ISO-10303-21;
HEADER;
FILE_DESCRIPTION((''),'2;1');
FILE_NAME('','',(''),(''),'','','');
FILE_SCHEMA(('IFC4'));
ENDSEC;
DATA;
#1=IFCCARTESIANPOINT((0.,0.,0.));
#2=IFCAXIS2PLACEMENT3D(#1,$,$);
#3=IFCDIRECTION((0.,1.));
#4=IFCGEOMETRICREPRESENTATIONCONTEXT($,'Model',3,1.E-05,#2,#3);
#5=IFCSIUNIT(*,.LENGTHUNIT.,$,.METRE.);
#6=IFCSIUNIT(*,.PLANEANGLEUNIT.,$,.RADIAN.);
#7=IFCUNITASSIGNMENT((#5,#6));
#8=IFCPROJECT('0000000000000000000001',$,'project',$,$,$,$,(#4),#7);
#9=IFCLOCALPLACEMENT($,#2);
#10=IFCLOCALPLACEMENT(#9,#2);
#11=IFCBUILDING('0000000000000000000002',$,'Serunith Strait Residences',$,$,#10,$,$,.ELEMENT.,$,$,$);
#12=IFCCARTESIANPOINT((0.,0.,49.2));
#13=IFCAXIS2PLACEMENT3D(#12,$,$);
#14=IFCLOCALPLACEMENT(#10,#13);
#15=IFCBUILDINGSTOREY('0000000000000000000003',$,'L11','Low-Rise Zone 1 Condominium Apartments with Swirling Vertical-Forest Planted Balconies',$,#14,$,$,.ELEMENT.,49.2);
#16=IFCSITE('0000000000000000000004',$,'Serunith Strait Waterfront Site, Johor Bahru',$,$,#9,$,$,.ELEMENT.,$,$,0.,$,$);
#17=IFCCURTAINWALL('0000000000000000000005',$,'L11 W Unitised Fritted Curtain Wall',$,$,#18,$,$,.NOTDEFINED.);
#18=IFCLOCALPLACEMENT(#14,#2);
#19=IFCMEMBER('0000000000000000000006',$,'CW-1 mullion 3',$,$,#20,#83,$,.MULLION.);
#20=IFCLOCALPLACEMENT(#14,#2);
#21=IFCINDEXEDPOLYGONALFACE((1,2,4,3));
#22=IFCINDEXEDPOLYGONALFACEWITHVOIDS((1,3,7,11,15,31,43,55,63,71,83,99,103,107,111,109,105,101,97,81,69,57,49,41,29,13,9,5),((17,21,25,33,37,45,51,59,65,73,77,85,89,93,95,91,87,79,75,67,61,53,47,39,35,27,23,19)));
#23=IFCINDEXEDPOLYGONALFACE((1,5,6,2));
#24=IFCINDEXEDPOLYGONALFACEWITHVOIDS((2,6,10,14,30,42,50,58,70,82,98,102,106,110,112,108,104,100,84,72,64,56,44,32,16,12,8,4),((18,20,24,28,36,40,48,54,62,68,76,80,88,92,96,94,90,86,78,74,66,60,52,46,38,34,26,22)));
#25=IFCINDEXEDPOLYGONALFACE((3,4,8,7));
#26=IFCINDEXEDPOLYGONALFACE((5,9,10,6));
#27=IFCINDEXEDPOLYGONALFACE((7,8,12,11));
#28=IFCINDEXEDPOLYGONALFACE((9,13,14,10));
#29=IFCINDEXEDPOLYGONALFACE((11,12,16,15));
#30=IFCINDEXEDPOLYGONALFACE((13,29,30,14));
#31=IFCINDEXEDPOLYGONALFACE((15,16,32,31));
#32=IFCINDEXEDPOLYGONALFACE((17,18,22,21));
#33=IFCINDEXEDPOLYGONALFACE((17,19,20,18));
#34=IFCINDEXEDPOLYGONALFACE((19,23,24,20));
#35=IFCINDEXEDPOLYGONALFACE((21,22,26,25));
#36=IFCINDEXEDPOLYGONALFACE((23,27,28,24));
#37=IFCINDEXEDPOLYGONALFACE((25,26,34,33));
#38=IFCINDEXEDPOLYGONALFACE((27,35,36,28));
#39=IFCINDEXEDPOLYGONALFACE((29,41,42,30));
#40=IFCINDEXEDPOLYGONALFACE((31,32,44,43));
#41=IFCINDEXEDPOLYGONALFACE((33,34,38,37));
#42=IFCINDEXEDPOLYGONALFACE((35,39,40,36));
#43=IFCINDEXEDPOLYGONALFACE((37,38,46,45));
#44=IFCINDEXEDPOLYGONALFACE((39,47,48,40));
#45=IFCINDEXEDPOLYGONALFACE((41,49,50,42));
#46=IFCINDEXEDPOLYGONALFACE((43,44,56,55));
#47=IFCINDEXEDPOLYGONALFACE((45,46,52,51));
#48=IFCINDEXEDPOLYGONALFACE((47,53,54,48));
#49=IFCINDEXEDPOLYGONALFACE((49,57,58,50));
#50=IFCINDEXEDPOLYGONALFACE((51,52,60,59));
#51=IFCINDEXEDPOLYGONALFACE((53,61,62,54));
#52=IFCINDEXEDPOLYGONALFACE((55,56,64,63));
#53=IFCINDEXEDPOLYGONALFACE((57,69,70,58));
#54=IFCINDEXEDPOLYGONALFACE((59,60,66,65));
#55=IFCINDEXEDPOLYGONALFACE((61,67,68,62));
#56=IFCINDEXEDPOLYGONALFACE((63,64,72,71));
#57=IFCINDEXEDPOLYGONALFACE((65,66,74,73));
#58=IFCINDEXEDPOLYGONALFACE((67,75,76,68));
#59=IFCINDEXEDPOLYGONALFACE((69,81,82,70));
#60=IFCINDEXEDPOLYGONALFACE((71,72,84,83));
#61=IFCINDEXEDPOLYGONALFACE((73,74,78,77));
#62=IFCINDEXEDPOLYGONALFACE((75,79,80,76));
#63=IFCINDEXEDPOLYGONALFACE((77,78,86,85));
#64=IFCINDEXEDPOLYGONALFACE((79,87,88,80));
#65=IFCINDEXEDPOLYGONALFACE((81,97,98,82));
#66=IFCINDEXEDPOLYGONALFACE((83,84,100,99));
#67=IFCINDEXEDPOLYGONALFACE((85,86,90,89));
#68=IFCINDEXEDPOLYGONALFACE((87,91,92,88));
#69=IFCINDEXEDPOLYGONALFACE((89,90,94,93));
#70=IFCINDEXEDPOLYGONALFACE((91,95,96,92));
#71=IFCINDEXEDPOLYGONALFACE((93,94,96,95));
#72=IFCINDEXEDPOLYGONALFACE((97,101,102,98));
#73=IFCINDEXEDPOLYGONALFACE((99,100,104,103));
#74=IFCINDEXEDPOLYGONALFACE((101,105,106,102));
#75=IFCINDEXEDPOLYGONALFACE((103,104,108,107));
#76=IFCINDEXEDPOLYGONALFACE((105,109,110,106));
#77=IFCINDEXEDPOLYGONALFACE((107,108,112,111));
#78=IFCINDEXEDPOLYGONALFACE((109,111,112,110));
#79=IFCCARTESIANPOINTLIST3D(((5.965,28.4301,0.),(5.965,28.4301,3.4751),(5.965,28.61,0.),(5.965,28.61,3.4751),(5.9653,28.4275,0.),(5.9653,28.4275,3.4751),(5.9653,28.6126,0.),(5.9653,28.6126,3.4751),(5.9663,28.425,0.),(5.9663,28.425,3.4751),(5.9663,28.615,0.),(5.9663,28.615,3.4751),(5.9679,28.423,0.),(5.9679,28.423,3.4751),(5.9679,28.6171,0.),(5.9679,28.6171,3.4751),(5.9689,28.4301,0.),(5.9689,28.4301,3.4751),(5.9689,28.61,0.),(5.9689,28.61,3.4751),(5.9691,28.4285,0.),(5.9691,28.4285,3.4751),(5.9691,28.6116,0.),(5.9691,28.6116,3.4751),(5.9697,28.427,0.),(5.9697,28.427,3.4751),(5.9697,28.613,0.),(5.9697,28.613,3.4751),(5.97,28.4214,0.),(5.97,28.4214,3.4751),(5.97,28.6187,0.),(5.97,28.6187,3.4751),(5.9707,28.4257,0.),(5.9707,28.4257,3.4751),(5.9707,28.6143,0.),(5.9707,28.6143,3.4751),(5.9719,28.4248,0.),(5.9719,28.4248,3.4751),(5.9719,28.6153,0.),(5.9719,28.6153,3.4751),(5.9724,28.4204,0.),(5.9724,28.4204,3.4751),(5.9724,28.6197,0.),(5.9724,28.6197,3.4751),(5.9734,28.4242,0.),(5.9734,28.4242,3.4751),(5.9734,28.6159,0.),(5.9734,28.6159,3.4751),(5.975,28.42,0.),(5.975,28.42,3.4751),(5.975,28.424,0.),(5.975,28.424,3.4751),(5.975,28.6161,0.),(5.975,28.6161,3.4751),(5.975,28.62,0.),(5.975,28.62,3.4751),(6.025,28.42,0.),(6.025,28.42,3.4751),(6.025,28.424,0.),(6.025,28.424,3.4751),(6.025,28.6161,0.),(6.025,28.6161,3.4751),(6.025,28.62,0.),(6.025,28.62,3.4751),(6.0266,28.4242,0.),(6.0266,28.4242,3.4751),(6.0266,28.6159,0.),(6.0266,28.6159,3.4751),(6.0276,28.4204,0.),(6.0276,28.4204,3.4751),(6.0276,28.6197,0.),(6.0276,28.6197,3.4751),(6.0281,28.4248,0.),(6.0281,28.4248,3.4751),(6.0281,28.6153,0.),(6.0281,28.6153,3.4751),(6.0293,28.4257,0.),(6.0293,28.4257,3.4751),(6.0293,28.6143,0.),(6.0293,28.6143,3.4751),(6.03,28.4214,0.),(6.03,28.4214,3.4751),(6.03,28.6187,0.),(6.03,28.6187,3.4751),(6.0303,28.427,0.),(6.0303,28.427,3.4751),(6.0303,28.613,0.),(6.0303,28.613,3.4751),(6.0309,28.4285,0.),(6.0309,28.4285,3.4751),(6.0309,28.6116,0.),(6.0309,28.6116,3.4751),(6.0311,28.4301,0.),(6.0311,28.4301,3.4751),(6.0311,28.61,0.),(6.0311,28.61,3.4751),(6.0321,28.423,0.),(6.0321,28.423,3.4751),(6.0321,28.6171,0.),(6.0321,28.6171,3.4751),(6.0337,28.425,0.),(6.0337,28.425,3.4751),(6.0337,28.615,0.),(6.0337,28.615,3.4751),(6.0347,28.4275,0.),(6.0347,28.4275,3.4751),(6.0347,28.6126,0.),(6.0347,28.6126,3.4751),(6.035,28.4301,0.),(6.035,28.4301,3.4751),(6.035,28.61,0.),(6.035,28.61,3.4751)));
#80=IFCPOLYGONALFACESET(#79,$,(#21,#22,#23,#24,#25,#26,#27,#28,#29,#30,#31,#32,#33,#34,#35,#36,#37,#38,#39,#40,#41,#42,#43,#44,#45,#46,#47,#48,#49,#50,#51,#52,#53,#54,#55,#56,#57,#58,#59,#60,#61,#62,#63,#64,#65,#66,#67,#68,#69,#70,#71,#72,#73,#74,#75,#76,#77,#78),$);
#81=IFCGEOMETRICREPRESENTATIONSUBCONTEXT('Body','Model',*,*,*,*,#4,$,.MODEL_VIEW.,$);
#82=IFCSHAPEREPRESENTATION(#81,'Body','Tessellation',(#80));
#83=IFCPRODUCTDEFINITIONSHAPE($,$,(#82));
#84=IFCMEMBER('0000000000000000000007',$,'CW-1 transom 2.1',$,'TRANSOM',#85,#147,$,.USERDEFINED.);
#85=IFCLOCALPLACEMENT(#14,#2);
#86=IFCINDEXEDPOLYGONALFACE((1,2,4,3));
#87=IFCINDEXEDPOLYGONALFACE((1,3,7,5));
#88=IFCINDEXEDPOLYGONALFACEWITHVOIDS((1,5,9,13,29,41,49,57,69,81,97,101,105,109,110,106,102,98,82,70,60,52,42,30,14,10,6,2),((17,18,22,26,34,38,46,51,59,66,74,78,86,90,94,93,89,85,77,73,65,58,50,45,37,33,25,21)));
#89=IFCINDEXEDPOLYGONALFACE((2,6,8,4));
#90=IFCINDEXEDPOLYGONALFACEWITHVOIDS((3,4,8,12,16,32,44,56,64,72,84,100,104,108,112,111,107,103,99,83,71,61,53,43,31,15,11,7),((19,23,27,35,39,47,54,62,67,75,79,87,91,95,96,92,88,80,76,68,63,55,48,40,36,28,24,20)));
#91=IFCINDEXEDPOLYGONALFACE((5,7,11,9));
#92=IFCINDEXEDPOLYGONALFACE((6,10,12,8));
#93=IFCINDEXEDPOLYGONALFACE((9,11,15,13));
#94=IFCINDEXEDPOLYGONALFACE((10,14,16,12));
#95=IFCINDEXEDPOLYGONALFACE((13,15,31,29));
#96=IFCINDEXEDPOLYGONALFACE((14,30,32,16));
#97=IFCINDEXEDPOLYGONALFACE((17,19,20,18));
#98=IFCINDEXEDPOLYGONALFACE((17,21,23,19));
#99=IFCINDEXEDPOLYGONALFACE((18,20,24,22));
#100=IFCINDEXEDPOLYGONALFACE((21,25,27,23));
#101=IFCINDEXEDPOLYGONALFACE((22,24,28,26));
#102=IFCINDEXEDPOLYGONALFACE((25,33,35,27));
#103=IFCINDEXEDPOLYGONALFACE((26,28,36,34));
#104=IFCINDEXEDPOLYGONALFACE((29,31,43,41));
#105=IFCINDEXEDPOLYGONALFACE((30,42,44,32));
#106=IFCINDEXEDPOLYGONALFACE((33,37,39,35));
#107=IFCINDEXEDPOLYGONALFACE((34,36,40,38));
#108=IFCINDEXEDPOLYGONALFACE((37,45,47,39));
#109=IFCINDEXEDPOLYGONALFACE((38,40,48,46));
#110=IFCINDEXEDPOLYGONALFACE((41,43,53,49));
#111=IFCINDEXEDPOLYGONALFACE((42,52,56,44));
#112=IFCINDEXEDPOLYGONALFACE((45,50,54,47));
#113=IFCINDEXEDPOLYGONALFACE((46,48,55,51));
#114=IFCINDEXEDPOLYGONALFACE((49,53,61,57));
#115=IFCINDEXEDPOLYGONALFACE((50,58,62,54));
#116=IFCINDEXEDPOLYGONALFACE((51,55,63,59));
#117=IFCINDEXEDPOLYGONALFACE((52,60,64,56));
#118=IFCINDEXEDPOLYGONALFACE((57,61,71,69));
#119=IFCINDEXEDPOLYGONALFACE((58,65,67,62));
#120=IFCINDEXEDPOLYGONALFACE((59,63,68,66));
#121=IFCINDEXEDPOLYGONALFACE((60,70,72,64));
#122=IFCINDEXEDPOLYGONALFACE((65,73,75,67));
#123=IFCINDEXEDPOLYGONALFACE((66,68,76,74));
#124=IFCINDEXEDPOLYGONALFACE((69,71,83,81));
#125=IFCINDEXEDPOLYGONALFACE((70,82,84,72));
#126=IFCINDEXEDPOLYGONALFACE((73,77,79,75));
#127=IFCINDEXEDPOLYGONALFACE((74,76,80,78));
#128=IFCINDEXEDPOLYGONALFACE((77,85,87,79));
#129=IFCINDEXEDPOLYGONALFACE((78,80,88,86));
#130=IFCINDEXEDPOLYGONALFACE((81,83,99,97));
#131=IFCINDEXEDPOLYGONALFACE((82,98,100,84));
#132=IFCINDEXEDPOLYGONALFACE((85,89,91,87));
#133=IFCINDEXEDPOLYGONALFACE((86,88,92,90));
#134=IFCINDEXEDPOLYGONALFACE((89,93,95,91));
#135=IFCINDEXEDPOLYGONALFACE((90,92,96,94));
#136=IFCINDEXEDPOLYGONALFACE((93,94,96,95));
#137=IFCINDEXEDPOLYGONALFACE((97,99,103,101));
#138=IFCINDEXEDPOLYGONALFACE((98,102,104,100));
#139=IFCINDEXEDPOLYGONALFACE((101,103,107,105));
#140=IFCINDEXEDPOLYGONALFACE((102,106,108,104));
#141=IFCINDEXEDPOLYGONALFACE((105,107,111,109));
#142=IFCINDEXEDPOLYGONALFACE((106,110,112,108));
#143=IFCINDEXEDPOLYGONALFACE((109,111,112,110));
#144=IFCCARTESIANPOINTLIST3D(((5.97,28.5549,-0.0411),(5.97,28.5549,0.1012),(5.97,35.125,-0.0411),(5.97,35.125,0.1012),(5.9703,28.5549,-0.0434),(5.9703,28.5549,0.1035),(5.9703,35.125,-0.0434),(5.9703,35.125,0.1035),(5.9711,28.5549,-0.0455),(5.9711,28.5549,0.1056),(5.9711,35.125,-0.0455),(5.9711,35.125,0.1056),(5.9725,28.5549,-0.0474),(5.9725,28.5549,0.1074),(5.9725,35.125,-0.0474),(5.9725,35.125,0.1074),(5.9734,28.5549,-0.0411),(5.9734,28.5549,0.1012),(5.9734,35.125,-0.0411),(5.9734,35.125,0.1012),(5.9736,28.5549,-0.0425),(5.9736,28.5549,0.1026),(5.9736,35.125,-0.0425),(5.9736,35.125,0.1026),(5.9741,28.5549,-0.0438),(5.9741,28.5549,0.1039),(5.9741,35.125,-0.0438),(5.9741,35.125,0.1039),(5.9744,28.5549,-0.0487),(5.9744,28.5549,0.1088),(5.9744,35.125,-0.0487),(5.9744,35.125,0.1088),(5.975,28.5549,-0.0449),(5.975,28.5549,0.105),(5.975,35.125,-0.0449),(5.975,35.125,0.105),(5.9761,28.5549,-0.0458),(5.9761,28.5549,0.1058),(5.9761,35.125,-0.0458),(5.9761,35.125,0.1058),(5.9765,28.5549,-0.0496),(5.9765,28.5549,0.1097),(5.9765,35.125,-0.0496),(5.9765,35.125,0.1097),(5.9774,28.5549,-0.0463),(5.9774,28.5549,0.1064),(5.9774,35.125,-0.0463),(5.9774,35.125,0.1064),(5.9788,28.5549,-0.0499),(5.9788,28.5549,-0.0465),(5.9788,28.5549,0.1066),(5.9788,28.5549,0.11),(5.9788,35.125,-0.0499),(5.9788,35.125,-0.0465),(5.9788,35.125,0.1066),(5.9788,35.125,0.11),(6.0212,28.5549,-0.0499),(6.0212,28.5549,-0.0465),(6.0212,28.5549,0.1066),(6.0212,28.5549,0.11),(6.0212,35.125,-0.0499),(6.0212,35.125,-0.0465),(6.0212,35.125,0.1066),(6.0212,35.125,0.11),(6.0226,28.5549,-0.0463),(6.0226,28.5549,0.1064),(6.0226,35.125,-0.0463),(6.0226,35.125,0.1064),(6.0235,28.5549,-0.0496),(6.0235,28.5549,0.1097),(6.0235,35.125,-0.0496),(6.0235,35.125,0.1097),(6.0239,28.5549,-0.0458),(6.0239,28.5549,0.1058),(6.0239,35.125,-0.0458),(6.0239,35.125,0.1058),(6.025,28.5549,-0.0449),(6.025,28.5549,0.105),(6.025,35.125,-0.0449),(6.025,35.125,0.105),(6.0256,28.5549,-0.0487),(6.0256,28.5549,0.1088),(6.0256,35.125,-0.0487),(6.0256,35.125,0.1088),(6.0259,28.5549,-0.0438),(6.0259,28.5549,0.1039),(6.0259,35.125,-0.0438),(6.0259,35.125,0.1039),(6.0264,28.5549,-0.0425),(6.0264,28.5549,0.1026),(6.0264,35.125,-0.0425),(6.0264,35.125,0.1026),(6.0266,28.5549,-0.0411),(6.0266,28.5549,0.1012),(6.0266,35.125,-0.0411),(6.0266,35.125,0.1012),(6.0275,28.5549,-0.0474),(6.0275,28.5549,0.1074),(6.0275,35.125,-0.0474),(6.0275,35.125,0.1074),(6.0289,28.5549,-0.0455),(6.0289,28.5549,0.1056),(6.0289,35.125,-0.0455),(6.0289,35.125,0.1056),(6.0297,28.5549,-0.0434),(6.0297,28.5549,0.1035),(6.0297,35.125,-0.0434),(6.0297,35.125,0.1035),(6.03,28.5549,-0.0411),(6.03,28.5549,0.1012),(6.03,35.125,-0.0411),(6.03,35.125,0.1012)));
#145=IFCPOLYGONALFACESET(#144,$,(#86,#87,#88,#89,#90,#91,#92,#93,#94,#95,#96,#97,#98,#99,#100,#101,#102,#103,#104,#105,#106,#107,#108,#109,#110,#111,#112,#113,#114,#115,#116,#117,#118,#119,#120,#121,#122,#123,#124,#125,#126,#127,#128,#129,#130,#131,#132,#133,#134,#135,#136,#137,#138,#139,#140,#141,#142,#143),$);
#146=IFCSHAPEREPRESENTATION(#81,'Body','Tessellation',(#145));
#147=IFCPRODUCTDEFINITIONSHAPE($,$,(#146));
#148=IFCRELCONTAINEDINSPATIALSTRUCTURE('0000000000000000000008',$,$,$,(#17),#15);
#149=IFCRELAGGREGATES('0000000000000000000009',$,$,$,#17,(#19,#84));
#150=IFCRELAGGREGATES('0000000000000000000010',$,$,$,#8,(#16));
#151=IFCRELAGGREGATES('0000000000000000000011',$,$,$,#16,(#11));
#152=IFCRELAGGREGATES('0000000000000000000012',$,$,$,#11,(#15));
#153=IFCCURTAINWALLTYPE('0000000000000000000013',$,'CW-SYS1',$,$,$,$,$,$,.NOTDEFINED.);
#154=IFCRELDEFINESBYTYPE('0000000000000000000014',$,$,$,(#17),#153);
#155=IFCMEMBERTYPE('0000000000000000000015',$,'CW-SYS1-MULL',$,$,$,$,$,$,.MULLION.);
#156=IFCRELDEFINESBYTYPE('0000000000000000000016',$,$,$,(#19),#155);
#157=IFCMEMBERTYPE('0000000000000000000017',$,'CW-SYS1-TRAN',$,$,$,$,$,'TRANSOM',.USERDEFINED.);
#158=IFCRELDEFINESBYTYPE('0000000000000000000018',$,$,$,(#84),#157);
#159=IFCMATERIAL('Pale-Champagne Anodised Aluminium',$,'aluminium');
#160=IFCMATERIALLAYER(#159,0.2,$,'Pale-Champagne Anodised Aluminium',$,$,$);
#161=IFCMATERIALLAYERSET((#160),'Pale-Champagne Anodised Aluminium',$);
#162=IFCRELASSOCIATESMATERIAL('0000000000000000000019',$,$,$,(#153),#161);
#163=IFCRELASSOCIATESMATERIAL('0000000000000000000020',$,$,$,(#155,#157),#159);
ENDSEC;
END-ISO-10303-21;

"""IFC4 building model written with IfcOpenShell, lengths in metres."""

from ifc_helpers import new_model, si_unit, direction, frame, origin, origin_2d, place, context, subcontext, project, spatial, hollow_rectangle, extrude, source, transform, mapped, material, layer, layer_set, material_profile, profile_set, type_object, element, aggregate, save


model = new_model("IFC4")

# Units and contexts
model_context = context("Model", 3, precision=1e-05, world=origin(), true_north=direction((0.0, 1.0)))
body_context = subcontext(model_context, "Body", "Model", "MODEL_VIEW")
ifc_project = project(units=[si_unit("LENGTHUNIT", "METRE"), si_unit("PLANEANGLEUNIT", "RADIAN")], contexts=[model_context])

# Site, building, storey
site_placement = place(None, origin())
site = spatial("IfcSite", under=ifc_project, at=site_placement, Name="Serunith Strait Waterfront Site, Johor Bahru", CompositionType="ELEMENT", RefElevation=0.0)
building_placement = place(site_placement, origin())
building = spatial("IfcBuilding", under=site, at=building_placement, Name="Serunith Strait Residences", CompositionType="ELEMENT")
storey_placement = place(building_placement, frame((0.0, 0.0, 49.2)))
storey = spatial("IfcBuildingStorey", under=building, at=storey_placement, Name="L11", Description="Low-Rise Zone 1 Condominium Apartments with Swirling Vertical-Forest Planted Balconies", CompositionType="ELEMENT", Elevation=49.2)

# Curtain wall, members
ifc_material_1 = material(Name="Pale-Champagne Anodised Aluminium", Category="aluminium")
ifc_layer_1 = layer(ifc_material_1, 0.2, Name="Pale-Champagne Anodised Aluminium")
ifc_layer_set_1 = layer_set([ifc_layer_1], Name="Pale-Champagne Anodised Aluminium")
curtain_wall_type = type_object("IfcCurtainWallType", Name="CW-SYS1", PredefinedType="NOTDEFINED", material=ifc_layer_set_1)
curtain_wall_placement = place(storey_placement, origin())
curtain_wall = element("IfcCurtainWall", 1, at=curtain_wall_placement, inside=storey, type_object=curtain_wall_type, Name="L11 W Unitised Fritted Curtain Wall", PredefinedType="NOTDEFINED")
ifc_material_profile_1 = material_profile(ifc_material_1, hollow_rectangle(XDim=0.0701, YDim=0.2, WallThickness=0.0039, InnerFilletRadius=0.0061, OuterFilletRadius=0.01, at=origin_2d()), Name="ALU 200x70x4")
ifc_profile_set_1 = profile_set([ifc_material_profile_1], Name="Pale-Champagne Anodised Aluminium")
member_type_1 = type_object("IfcMemberType", Name="CW-SYS1-MULL", PredefinedType="MULLION", material=ifc_profile_set_1)
shared_shape_1 = source(origin(), body_context, "Body", "SweptSolid", [
    extrude(hollow_rectangle(XDim=0.0701, YDim=0.2, WallThickness=0.0039, InnerFilletRadius=0.0061, OuterFilletRadius=0.01, at=origin_2d()), origin(), (0.0, 0.0, 1.0), 3.4751),
])
member_1_placement = place(storey_placement, frame((6.0, 28.52, 0.0), z_axis=(0.0, 0.0, 1.0), x_axis=(1.0, 0.0, 0.0)))
member_1 = element("IfcMember", 2, at=member_1_placement, type_object=member_type_1, Name="CW-1 mullion 3", PredefinedType="MULLION", context=body_context, shape_type="MappedRepresentation", body=[
    mapped(shared_shape_1, transform((0.0, 0.0, 0.0), scale=1.0)),
])
ifc_material_profile_2 = material_profile(ifc_material_1, hollow_rectangle(XDim=0.0601, YDim=0.1599, WallThickness=0.0034, InnerFilletRadius=0.0054, OuterFilletRadius=0.0088, at=origin_2d()), Name="ALU 160x60x3.5")
ifc_profile_set_2 = profile_set([ifc_material_profile_2], Name="Pale-Champagne Anodised Aluminium")
member_type_2 = type_object("IfcMemberType", Name="CW-SYS1-TRAN", ElementType="TRANSOM", PredefinedType="USERDEFINED", material=ifc_profile_set_2)
shared_shape_2 = source(origin(), body_context, "Body", "SweptSolid", [
    extrude(hollow_rectangle(XDim=0.0601, YDim=0.1599, WallThickness=0.0034, InnerFilletRadius=0.0054, OuterFilletRadius=0.0088, at=origin_2d()), origin(), (0.0, 0.0, 1.0), 6.5701),
])
member_2_placement = place(storey_placement, frame((6.0, 35.125, 0.03), z_axis=(0.0, -1.0, 0.0), x_axis=(1.0, 0.0, 0.0)))
member_2 = element("IfcMember", 3, at=member_2_placement, type_object=member_type_2, Name="CW-1 transom 2.1", ObjectType="TRANSOM", PredefinedType="USERDEFINED", context=body_context, shape_type="MappedRepresentation", body=[
    mapped(shared_shape_2, transform((0.0, 0.0, 0.0), scale=1.0)),
])
aggregate(curtain_wall, [member_1, member_2])

save(model, "model.ifc")
